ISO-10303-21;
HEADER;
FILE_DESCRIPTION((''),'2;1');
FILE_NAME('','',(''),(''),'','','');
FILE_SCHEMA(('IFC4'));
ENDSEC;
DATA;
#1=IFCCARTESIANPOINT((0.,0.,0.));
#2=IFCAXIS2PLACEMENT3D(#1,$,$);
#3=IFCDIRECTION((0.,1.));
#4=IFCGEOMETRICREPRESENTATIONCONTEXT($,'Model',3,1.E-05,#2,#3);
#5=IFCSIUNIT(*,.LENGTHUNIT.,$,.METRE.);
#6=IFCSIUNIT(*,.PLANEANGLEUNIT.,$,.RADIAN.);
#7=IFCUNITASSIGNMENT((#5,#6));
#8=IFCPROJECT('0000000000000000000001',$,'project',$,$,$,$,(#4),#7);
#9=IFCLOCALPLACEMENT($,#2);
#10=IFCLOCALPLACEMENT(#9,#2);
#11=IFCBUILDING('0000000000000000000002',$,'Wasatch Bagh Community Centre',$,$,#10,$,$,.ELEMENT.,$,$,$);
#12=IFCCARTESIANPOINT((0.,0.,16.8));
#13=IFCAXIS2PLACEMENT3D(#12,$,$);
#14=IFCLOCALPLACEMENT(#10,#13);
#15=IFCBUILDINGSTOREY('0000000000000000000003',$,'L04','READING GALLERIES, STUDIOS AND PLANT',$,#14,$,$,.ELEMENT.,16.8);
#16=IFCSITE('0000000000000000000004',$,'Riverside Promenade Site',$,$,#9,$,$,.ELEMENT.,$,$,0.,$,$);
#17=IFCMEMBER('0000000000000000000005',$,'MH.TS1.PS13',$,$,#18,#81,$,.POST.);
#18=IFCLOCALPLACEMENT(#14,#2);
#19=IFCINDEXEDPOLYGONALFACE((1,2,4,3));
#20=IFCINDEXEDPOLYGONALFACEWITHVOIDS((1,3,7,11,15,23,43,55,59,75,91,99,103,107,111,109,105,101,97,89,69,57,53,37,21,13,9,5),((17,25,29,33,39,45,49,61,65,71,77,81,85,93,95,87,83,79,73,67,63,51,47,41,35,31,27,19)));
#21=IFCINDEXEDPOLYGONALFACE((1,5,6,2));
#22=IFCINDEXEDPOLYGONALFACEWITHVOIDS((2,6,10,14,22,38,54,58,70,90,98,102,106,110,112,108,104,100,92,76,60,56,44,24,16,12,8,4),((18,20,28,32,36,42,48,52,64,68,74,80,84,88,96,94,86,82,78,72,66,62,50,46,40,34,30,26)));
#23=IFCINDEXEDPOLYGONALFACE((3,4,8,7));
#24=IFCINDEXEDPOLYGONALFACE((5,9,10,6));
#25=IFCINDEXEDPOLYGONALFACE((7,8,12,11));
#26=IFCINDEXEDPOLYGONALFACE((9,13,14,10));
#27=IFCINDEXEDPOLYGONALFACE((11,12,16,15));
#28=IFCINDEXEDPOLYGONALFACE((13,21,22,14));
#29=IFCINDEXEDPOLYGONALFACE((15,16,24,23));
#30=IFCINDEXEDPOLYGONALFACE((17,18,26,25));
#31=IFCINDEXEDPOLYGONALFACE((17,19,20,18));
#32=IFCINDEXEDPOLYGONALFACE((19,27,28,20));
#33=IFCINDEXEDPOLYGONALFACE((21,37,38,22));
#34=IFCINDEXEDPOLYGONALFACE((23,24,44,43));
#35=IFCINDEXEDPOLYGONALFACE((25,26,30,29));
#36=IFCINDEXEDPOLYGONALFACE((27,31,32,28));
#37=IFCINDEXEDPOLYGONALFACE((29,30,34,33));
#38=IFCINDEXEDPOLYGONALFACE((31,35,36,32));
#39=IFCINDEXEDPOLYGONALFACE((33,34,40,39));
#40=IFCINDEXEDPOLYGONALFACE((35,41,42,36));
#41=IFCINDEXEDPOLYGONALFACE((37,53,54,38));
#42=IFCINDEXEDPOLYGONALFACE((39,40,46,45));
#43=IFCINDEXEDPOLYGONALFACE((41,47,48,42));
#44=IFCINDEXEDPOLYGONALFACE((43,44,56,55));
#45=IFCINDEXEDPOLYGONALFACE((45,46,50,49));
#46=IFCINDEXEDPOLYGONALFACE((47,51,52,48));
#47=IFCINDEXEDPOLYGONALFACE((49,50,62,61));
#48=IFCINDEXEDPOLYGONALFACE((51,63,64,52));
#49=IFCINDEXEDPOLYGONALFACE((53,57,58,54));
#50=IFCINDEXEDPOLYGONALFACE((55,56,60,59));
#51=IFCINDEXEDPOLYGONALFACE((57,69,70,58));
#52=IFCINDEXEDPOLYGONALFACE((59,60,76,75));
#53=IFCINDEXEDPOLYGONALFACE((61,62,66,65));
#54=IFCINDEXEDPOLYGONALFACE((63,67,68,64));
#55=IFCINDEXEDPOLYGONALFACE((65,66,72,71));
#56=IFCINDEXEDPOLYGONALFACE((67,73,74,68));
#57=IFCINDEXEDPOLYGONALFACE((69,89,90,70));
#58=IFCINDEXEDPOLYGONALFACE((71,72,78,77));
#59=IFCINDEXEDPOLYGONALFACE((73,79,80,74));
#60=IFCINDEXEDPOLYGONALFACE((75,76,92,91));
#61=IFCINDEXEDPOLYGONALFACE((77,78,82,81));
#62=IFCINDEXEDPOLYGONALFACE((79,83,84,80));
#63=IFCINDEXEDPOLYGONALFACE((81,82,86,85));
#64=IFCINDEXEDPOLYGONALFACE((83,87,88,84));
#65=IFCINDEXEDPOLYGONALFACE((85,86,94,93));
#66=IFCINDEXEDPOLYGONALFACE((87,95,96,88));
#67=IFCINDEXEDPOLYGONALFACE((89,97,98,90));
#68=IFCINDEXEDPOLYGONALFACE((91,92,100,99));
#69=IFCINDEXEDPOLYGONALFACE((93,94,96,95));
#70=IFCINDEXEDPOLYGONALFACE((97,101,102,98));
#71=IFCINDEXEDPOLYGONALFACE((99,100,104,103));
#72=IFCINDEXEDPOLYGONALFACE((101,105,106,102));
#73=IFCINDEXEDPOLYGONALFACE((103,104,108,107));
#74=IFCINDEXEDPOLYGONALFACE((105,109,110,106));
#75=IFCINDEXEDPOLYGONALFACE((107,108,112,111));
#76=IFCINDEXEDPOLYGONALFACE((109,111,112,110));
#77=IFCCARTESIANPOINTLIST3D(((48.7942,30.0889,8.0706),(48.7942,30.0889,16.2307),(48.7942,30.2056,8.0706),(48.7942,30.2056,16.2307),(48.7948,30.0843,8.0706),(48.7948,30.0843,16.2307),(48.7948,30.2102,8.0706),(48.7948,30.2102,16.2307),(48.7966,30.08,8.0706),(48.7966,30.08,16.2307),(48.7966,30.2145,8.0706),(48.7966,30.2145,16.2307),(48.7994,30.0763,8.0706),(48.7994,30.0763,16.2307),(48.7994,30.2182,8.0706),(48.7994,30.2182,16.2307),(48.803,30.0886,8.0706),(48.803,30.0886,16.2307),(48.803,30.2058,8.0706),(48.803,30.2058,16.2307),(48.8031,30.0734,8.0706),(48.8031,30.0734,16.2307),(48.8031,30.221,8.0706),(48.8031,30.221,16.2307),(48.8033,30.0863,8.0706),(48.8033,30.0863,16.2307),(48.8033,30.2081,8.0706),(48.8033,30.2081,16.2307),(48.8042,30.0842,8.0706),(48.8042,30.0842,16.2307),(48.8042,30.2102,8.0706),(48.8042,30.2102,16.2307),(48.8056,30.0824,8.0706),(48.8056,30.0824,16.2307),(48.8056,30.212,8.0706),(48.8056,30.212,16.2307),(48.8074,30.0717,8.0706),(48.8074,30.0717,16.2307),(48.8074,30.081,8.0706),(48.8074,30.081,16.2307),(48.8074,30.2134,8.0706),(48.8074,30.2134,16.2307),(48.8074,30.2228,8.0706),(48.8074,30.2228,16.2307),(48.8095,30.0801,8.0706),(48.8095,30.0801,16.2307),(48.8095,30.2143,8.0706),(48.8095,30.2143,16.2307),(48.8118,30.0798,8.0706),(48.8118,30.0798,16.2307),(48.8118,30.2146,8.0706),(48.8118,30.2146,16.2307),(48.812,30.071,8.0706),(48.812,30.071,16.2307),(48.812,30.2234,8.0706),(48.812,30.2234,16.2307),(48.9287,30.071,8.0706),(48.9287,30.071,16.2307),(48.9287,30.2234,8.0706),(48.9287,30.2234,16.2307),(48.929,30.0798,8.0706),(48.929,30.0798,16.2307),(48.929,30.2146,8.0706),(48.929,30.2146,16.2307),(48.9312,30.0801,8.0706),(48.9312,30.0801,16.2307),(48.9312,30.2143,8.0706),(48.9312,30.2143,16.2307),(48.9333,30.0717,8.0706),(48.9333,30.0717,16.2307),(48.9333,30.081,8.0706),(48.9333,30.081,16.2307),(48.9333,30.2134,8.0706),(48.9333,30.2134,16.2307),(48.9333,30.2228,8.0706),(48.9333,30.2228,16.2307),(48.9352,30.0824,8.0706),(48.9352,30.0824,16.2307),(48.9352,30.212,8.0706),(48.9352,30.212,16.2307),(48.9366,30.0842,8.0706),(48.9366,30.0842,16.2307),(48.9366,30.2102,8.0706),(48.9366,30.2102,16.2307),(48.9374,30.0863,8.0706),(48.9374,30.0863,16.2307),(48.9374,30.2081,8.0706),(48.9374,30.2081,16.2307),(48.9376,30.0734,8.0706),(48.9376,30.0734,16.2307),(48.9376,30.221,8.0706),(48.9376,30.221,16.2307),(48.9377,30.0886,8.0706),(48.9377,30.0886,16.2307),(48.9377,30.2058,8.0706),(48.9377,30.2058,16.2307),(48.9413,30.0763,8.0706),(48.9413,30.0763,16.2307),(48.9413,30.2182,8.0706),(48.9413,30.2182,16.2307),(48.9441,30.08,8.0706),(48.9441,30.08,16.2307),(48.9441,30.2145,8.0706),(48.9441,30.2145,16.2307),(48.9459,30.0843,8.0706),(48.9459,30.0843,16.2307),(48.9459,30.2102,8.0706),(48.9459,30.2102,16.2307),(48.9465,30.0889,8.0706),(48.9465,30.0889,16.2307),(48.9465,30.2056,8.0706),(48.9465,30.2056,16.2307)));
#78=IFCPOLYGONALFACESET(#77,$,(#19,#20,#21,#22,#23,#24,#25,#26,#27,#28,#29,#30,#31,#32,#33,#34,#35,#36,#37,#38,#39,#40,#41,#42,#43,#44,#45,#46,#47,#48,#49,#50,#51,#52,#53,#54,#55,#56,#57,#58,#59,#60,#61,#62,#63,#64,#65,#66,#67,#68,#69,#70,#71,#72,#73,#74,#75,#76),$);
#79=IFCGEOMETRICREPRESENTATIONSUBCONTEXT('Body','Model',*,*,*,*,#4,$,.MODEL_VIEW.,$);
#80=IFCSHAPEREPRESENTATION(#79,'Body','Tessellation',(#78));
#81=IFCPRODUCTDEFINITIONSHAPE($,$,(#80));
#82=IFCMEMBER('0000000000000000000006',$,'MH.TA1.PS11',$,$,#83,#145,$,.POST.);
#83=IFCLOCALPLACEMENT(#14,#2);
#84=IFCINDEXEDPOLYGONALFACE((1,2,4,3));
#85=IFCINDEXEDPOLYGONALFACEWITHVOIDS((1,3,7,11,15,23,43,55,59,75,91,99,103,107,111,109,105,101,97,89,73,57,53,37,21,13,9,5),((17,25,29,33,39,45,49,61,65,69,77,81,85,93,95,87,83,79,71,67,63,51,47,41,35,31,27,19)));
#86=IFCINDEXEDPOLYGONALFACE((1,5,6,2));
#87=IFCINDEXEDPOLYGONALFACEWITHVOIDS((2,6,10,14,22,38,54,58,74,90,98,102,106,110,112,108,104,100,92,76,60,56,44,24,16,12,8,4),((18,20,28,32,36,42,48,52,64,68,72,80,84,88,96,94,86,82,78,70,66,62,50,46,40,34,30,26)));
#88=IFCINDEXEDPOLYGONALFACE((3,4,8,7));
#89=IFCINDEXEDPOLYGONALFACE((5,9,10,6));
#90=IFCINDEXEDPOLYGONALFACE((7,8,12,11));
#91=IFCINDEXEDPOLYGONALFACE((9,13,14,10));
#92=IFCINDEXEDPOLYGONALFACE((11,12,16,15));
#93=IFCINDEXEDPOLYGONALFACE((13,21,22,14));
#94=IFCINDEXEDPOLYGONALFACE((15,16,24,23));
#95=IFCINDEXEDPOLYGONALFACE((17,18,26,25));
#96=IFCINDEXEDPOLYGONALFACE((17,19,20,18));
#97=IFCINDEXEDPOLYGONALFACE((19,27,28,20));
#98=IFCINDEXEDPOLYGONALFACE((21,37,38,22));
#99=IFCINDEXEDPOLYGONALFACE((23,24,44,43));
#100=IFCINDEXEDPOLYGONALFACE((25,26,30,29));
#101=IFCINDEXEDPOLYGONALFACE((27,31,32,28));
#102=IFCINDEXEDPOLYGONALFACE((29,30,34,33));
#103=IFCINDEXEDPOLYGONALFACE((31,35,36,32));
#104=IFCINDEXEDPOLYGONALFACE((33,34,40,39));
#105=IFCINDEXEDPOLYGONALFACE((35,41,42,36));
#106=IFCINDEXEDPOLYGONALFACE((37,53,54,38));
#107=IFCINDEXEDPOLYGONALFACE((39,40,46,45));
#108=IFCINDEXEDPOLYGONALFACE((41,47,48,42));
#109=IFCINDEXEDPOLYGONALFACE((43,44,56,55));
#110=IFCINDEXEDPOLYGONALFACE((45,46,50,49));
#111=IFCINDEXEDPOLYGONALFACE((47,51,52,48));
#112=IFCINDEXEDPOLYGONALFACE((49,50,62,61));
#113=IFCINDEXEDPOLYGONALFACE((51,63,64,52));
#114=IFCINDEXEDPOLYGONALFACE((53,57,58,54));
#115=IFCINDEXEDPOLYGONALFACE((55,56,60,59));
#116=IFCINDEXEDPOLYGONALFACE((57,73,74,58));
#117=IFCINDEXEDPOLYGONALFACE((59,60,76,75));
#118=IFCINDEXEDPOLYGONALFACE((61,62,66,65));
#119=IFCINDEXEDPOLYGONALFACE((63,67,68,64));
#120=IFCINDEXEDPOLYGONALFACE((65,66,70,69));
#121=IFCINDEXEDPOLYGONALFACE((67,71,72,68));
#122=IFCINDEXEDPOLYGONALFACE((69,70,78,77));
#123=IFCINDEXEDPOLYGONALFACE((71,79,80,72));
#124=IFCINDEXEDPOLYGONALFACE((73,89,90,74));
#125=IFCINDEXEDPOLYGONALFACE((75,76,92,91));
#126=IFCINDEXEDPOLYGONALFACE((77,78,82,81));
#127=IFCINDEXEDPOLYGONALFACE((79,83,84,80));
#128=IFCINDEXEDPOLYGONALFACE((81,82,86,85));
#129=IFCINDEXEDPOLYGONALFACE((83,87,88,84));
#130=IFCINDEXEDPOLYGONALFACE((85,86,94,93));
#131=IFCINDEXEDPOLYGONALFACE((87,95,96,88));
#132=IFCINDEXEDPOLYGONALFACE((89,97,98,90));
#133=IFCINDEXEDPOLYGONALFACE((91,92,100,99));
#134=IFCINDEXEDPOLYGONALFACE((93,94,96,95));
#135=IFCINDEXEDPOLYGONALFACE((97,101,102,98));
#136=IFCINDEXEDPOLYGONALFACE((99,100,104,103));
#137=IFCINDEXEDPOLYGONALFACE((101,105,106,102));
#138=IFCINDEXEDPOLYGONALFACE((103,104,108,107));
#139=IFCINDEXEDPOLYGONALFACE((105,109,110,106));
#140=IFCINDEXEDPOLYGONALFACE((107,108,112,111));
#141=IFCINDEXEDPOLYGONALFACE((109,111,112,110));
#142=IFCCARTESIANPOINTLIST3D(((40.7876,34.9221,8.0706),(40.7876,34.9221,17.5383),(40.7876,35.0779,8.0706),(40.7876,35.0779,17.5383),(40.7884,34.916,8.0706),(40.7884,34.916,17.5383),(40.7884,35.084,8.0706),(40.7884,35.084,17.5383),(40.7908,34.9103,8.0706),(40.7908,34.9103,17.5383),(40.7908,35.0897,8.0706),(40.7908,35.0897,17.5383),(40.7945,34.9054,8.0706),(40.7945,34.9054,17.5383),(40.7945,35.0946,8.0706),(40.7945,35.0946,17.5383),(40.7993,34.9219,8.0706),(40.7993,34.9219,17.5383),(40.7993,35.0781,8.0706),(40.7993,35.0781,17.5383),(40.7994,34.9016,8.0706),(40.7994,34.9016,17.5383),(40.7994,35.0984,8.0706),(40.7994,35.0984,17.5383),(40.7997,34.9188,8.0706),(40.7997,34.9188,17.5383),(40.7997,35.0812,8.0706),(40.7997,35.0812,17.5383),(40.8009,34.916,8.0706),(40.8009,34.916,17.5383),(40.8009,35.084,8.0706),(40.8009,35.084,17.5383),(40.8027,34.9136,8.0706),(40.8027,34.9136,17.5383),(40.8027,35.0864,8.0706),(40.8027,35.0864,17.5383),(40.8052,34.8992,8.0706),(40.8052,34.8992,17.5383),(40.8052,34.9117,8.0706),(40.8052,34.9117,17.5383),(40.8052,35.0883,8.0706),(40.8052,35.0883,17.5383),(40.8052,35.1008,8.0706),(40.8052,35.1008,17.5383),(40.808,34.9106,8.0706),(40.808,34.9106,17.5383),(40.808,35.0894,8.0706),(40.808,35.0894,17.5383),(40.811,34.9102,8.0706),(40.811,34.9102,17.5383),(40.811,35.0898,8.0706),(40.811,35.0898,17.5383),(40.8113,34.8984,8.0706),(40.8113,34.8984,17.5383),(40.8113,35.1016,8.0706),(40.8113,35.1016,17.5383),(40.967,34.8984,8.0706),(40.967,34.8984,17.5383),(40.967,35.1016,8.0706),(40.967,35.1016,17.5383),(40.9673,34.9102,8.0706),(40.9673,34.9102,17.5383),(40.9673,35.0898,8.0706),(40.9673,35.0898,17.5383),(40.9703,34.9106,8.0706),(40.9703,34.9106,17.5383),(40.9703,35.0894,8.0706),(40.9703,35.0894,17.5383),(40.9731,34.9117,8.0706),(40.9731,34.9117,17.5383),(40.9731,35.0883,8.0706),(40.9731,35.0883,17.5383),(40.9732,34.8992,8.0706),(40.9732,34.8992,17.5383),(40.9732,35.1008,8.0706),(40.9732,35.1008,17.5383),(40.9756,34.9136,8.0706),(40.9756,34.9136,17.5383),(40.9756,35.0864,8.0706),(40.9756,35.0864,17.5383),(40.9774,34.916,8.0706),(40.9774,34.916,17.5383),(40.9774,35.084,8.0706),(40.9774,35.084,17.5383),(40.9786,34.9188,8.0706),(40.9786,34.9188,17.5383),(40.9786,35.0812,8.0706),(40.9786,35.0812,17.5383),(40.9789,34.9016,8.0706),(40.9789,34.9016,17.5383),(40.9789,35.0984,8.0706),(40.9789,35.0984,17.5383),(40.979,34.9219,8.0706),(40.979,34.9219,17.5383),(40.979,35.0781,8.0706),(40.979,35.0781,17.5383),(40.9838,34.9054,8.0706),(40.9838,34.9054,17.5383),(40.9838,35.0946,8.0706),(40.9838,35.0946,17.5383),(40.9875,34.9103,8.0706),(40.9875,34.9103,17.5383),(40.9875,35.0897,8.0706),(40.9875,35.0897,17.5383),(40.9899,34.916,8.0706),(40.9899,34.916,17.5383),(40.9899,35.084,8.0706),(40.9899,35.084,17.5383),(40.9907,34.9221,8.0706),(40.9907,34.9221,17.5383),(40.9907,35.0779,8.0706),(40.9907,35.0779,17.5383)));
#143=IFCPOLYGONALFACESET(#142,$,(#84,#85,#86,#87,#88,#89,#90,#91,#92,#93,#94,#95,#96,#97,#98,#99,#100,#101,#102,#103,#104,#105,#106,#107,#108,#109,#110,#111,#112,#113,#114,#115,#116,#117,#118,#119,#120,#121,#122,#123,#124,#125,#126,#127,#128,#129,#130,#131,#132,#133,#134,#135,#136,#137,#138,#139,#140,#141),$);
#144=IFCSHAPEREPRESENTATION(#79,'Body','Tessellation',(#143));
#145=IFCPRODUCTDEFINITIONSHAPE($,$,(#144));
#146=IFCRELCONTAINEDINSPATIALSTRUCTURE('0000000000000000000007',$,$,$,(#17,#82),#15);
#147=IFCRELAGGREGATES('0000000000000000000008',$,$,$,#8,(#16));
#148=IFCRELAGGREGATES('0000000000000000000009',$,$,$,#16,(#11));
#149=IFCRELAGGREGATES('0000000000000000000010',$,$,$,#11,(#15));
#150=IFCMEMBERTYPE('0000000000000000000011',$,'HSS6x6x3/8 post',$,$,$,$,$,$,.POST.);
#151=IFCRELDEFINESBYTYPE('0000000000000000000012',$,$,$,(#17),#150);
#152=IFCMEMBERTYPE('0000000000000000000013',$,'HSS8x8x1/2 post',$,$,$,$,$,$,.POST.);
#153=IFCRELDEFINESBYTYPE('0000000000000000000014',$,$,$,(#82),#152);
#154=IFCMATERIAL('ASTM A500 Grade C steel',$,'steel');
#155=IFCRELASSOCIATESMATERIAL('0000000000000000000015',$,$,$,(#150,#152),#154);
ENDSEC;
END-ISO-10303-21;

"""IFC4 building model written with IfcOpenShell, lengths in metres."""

from ifc_helpers import new_model, si_unit, direction, frame, origin, origin_2d, place, context, subcontext, project, spatial, hollow_rectangle, extrude, material, material_profile, profile_set, type_object, element, save


model = new_model("IFC4")

# Units and contexts
model_context = context("Model", 3, precision=1e-05, world=origin(), true_north=direction((0.0, 1.0)))
body_context = subcontext(model_context, "Body", "Model", "MODEL_VIEW")
ifc_project = project(units=[si_unit("LENGTHUNIT", "METRE"), si_unit("PLANEANGLEUNIT", "RADIAN")], contexts=[model_context])

# Site, building, storey
site_placement = place(None, origin())
site = spatial("IfcSite", under=ifc_project, at=site_placement, Name="Riverside Promenade Site", CompositionType="ELEMENT", RefElevation=0.0)
building_placement = place(site_placement, origin())
building = spatial("IfcBuilding", under=site, at=building_placement, Name="Wasatch Bagh Community Centre", CompositionType="ELEMENT")
storey_placement = place(building_placement, frame((0.0, 0.0, 16.8)))
storey = spatial("IfcBuildingStorey", under=building, at=storey_placement, Name="L04", Description="READING GALLERIES, STUDIOS AND PLANT", CompositionType="ELEMENT", Elevation=16.8)

# Members
ifc_material_1 = material(Name="ASTM A500 Grade C steel", Category="steel")
ifc_material_profile_1 = material_profile(ifc_material_1, hollow_rectangle(XDim=0.1523, YDim=0.1523, WallThickness=0.0088, InnerFilletRadius=0.0088, OuterFilletRadius=0.0178, at=origin_2d()), Name="HSS6x6x3/8")
ifc_profile_set_1 = profile_set([ifc_material_profile_1], Name="ASTM A500 Grade C steel")
member_type_1 = type_object("IfcMemberType", Name="HSS6x6x3/8 post", PredefinedType="POST", material=ifc_profile_set_1)
member_1_placement = place(storey_placement, frame((48.8704, 30.1472, 8.0706), z_axis=(0.0, 0.0, 1.0), x_axis=(1.0, 0.0, 0.0)))
element("IfcMember", 1, at=member_1_placement, inside=storey, type_object=member_type_1, Name="MH.TS1.PS13", PredefinedType="POST", context=body_context, shape_type="SweptSolid", body=[
    extrude(hollow_rectangle(XDim=0.1523, YDim=0.1523, WallThickness=0.0088, InnerFilletRadius=0.0088, OuterFilletRadius=0.0178, at=origin_2d()), origin(), (0.0, 0.0, 1.0), 8.1602),
])
ifc_material_profile_2 = material_profile(ifc_material_1, hollow_rectangle(XDim=0.2031, YDim=0.2031, WallThickness=0.0117, InnerFilletRadius=0.0117, OuterFilletRadius=0.0237, at=origin_2d()), Name="HSS8x8x1/2")
ifc_profile_set_2 = profile_set([ifc_material_profile_2], Name="ASTM A500 Grade C steel")
member_type_2 = type_object("IfcMemberType", Name="HSS8x8x1/2 post", PredefinedType="POST", material=ifc_profile_set_2)
member_2_placement = place(storey_placement, frame((40.8892, 35.0, 8.0706), z_axis=(0.0, 0.0, 1.0), x_axis=(1.0, 0.0, 0.0)))
element("IfcMember", 2, at=member_2_placement, inside=storey, type_object=member_type_2, Name="MH.TA1.PS11", PredefinedType="POST", context=body_context, shape_type="SweptSolid", body=[
    extrude(hollow_rectangle(XDim=0.2031, YDim=0.2031, WallThickness=0.0117, InnerFilletRadius=0.0117, OuterFilletRadius=0.0237, at=origin_2d()), origin(), (0.0, 0.0, 1.0), 9.4678),
])

save(model, "model.ifc")
